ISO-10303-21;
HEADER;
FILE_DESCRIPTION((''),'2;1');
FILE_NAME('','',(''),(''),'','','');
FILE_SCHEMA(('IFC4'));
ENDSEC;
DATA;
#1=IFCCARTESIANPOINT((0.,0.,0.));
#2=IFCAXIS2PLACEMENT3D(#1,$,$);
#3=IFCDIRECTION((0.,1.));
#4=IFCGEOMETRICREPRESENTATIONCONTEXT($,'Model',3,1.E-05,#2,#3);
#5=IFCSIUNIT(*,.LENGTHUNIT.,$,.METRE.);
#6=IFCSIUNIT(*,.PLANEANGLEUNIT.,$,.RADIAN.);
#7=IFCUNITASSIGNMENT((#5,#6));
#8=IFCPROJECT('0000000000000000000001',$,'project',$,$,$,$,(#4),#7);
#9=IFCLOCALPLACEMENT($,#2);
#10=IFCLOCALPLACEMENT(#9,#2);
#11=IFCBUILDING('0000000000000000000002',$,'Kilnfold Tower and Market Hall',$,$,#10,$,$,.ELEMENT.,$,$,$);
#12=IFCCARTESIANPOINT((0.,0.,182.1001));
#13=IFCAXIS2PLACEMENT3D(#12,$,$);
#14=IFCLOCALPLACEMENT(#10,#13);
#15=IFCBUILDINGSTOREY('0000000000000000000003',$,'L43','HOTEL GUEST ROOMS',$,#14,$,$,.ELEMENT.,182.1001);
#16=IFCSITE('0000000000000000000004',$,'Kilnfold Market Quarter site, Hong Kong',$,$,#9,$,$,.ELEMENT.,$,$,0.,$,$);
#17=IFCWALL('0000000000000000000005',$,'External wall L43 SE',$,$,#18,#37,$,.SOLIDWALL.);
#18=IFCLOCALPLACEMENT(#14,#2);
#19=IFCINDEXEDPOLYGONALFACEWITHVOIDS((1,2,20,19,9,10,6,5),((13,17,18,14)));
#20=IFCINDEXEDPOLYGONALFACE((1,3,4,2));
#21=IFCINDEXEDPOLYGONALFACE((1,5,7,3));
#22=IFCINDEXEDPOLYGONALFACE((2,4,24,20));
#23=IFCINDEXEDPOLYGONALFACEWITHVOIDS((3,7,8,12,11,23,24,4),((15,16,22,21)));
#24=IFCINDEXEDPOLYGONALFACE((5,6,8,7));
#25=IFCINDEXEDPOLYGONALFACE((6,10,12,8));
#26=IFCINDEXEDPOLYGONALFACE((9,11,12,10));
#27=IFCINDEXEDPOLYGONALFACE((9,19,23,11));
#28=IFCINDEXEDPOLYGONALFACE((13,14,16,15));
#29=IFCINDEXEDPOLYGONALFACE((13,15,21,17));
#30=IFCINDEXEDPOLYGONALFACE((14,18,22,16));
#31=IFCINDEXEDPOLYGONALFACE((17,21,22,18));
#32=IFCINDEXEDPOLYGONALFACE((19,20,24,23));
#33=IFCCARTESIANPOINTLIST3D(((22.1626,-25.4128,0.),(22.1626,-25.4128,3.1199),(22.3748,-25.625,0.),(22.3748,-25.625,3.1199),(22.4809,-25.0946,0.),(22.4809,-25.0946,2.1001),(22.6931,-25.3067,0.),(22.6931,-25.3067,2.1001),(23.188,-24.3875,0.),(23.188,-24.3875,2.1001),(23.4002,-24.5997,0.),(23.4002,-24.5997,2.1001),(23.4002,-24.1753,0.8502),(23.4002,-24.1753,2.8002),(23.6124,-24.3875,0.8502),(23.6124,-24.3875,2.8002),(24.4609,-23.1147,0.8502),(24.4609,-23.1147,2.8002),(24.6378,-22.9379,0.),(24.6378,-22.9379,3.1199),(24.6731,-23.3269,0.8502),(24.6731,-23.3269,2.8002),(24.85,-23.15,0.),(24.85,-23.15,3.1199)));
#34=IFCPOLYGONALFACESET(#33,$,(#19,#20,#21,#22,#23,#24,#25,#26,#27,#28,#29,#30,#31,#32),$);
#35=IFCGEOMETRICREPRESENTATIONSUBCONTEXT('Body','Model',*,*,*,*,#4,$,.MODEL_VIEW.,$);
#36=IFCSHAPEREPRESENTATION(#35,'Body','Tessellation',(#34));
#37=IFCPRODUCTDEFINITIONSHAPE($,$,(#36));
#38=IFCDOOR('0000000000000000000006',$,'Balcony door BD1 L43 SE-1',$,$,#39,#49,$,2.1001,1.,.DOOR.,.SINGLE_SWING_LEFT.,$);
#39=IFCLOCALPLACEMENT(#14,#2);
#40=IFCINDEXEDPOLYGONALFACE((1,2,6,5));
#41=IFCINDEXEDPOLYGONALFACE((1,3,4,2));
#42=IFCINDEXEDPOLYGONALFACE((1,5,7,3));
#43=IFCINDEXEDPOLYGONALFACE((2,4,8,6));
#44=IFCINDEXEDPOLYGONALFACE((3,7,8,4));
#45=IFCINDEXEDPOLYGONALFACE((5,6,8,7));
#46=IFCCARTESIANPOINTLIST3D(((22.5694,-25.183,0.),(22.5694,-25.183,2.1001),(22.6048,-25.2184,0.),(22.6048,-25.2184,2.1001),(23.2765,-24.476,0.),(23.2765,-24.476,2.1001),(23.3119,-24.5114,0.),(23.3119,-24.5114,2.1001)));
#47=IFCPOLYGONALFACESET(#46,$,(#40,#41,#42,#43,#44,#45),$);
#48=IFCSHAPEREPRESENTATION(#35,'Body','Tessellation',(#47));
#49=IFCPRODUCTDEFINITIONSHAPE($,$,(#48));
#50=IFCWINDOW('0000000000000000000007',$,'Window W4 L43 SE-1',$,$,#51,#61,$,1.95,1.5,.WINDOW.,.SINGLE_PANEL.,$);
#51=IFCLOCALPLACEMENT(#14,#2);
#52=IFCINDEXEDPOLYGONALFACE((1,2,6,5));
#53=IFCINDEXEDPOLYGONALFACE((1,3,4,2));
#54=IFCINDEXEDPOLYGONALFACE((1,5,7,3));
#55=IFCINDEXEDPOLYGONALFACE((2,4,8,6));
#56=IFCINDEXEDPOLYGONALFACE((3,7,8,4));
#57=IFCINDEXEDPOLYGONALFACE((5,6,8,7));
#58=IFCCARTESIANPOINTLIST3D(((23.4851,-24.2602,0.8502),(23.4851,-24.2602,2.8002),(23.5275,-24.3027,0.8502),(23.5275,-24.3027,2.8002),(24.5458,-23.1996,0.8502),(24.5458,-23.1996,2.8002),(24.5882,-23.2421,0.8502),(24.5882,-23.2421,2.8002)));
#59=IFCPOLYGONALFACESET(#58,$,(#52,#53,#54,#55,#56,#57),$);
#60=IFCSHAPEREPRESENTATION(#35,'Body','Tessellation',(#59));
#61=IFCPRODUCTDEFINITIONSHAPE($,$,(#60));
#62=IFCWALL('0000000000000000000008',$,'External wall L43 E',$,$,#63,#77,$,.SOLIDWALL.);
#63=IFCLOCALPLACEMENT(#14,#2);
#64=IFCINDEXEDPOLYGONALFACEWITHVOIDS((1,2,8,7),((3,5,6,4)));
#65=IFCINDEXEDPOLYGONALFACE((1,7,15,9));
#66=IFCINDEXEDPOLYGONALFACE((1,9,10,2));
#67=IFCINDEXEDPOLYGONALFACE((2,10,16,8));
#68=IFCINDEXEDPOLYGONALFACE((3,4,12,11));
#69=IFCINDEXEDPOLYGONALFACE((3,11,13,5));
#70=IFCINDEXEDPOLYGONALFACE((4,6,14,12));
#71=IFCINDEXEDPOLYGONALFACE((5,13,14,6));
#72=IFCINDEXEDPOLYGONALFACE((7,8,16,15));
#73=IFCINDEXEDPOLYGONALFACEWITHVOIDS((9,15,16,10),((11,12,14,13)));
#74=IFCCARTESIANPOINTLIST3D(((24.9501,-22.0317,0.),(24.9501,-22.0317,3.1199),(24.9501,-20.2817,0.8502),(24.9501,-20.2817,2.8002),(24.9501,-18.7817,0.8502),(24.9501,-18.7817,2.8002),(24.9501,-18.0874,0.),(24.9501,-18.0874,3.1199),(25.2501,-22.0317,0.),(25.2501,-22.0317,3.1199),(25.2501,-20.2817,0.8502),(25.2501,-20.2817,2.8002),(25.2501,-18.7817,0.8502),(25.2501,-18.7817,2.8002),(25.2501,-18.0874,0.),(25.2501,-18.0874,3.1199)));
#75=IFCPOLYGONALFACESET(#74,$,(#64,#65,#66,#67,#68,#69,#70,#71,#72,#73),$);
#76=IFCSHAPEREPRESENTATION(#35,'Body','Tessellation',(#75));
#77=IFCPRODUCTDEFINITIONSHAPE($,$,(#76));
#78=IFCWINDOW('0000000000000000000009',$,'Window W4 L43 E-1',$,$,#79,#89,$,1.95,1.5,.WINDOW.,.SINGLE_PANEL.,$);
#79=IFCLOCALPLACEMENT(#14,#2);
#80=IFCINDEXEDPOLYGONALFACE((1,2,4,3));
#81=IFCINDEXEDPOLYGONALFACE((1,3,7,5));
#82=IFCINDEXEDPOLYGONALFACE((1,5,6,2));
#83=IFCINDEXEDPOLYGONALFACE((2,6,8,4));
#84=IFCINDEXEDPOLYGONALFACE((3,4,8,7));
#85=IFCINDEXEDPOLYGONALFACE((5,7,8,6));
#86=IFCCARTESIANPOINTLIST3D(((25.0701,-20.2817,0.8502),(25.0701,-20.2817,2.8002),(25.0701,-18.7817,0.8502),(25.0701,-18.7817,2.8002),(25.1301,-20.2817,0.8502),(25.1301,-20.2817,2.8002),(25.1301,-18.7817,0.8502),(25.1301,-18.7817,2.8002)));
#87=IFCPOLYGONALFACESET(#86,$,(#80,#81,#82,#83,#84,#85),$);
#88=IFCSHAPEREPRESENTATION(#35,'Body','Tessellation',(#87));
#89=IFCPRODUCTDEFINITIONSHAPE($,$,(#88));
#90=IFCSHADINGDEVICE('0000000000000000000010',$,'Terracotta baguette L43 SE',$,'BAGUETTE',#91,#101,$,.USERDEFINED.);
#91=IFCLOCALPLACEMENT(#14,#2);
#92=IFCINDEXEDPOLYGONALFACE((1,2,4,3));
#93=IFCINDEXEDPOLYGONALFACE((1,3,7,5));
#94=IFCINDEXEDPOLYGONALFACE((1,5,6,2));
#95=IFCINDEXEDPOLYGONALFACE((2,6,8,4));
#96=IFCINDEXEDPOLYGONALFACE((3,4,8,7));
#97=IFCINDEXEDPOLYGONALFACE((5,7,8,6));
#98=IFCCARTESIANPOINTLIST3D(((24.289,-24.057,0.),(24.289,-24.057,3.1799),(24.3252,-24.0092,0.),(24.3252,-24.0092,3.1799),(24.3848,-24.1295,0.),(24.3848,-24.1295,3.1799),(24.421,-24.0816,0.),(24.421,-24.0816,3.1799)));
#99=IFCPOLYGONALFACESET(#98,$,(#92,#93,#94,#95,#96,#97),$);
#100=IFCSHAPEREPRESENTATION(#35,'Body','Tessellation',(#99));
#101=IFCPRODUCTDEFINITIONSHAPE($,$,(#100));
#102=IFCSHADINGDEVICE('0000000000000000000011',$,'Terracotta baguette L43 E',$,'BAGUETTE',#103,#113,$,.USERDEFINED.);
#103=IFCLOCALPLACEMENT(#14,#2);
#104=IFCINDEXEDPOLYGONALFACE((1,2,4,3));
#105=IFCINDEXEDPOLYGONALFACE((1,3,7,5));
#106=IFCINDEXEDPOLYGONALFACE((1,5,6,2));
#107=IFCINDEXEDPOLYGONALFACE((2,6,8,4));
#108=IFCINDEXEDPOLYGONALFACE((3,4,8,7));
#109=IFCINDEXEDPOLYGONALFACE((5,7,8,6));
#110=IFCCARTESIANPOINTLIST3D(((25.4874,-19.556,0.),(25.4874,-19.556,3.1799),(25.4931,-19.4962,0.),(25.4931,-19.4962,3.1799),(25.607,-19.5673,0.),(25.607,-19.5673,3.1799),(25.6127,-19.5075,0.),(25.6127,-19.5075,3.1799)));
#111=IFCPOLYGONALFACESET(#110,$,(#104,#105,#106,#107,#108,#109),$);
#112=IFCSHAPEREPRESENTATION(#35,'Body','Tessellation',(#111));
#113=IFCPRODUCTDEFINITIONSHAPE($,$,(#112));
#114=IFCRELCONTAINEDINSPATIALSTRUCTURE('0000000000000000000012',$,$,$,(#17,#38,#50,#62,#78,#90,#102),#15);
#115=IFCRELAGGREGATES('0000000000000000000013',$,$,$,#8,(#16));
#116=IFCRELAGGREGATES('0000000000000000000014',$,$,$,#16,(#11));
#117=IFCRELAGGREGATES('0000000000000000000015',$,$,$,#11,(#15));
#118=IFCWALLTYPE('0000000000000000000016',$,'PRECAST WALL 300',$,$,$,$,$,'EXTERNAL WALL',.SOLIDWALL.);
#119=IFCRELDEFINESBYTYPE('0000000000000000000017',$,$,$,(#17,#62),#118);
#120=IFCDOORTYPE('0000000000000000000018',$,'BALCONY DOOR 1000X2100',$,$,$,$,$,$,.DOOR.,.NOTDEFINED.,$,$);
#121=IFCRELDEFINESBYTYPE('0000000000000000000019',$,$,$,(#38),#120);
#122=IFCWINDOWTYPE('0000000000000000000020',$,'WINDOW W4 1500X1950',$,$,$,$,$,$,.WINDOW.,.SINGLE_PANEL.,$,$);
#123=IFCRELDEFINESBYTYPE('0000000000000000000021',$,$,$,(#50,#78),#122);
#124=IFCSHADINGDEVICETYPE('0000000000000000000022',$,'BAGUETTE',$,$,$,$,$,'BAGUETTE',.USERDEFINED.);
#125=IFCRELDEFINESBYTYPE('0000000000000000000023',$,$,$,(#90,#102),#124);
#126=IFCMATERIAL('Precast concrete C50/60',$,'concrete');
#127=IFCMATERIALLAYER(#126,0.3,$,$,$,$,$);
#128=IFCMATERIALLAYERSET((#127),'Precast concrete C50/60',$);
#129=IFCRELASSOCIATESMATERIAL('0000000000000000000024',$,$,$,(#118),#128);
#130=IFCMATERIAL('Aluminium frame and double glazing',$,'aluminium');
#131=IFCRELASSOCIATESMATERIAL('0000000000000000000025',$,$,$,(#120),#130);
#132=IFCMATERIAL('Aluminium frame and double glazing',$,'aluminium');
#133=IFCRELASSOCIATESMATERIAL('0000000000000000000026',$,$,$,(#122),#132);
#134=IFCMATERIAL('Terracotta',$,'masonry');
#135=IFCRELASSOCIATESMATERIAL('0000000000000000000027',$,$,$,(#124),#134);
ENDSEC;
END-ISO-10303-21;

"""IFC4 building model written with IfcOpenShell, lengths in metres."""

from ifc_helpers import new_model, si_unit, direction, frame, frame_2d, origin, origin_2d, place, context, subcontext, project, spatial, rectangle, extrude, source, transform, mapped, material, layer, layer_set, material_profile, profile_set, type_object, element, fill, save


model = new_model("IFC4")

# Units and contexts
model_context = context("Model", 3, precision=1e-05, world=origin(), true_north=direction((0.0, 1.0)))
body_context = subcontext(model_context, "Body", "Model", "MODEL_VIEW")
ifc_project = project(units=[si_unit("LENGTHUNIT", "METRE"), si_unit("PLANEANGLEUNIT", "RADIAN")], contexts=[model_context])

# Site, building, storey
site_placement = place(None, origin())
site = spatial("IfcSite", under=ifc_project, at=site_placement, Name="Kilnfold Market Quarter site, Hong Kong", CompositionType="ELEMENT", RefElevation=0.0)
building_placement = place(site_placement, origin())
building = spatial("IfcBuilding", under=site, at=building_placement, Name="Kilnfold Tower and Market Hall", CompositionType="ELEMENT")
storey_placement = place(building_placement, frame((0.0, 0.0, 182.1001)))
storey = spatial("IfcBuildingStorey", under=building, at=storey_placement, Name="L43", Description="HOTEL GUEST ROOMS", CompositionType="ELEMENT", Elevation=182.1001)

# Wall, openings, door, window
ifc_material_1 = material(Name="Precast concrete C50/60", Category="concrete")
ifc_layer_1 = layer(ifc_material_1, 0.3)
ifc_layer_set_1 = layer_set([ifc_layer_1], Name="Precast concrete C50/60")
wall_type_1 = type_object("IfcWallType", Name="PRECAST WALL 300", ElementType="EXTERNAL WALL", PredefinedType="SOLIDWALL", material=ifc_layer_set_1)
shared_shape_1 = source(origin(), body_context, "Body", "SweptSolid", [
    extrude(rectangle(XDim=3.5002, YDim=0.3, at=frame_2d((1.75, 0.0))), origin(), (0.0, 0.0, 1.0), 3.1199),
])
wall_1_placement = place(storey_placement, frame((22.2688, -25.5188, 0.0), z_axis=(0.0, 0.0, 1.0), x_axis=(0.707142, 0.707072, 0.0)))
wall_1 = element("IfcWall", 1, at=wall_1_placement, inside=storey, type_object=wall_type_1, Name="External wall L43 SE", PredefinedType="SOLIDWALL", context=body_context, shape_type="MappedRepresentation", body=[
    mapped(shared_shape_1, transform((0.0, 0.0, 0.0))),
])
opening_1_placement = place(wall_1_placement, frame((1.75, 0.0, 0.8501)))
opening_1 = element("IfcOpeningElement", 2, at=opening_1_placement, cuts=wall_1, PredefinedType="OPENING", context=body_context, shape_type="SweptSolid", body=[
    extrude(rectangle(XDim=1.5, YDim=1.95, at=frame_2d((0.75, 0.9751))), frame((0.0, 0.1602, 0.0), z_axis=(0.0, -1.0, 0.0), x_axis=(1.0, 0.0, 0.0)), (0.0, 0.0, 1.0), 0.3201),
])
opening_2_placement = place(wall_1_placement, frame((0.45, 0.0, 0.0)))
opening_2 = element("IfcOpeningElement", 3, at=opening_2_placement, cuts=wall_1, PredefinedType="OPENING", context=body_context, shape_type="SweptSolid", body=[
    extrude(rectangle(XDim=1.0, YDim=2.1001, at=frame_2d((0.5, 1.05))), frame((0.0, 0.1602, 0.0), z_axis=(0.0, -1.0, 0.0), x_axis=(1.0, 0.0, 0.0)), (0.0, 0.0, 1.0), 0.3201),
])
ifc_material_2 = material(Name="Aluminium frame and double glazing", Category="aluminium")
door_type_1 = type_object("IfcDoorType", Name="BALCONY DOOR 1000X2100", OperationType="NOTDEFINED", PredefinedType="DOOR", material=ifc_material_2)
door_1_placement = place(opening_2_placement, origin())
door_1 = element("IfcDoor", 4, at=door_1_placement, inside=storey, type_object=door_type_1, Name="Balcony door BD1 L43 SE-1", OperationType="SINGLE_SWING_LEFT", OverallHeight=2.1001, OverallWidth=1.0, PredefinedType="DOOR", context=body_context, shape_type="SweptSolid", body=[
    extrude(rectangle(XDim=1.0, YDim=2.1001, at=frame_2d((0.5, 1.05))), frame((0.0, 0.0249, 0.0), z_axis=(0.0, -1.0, 0.0), x_axis=(1.0, 0.0, 0.0)), (0.0, 0.0, 1.0), 0.05),
])
fill(opening_2, door_1)
ifc_material_3 = material(Name="Aluminium frame and double glazing", Category="aluminium")
window_type = type_object("IfcWindowType", Name="WINDOW W4 1500X1950", PartitioningType="SINGLE_PANEL", PredefinedType="WINDOW", material=ifc_material_3)
window_1_placement = place(opening_1_placement, origin())
window_1 = element("IfcWindow", 5, at=window_1_placement, inside=storey, type_object=window_type, Name="Window W4 L43 SE-1", OverallHeight=1.95, OverallWidth=1.5, PartitioningType="SINGLE_PANEL", PredefinedType="WINDOW", context=body_context, shape_type="SweptSolid", body=[
    extrude(rectangle(XDim=1.5, YDim=1.95, at=frame_2d((0.75, 0.9751))), frame((0.0, 0.03, 0.0), z_axis=(0.0, -1.0, 0.0), x_axis=(1.0, 0.0, 0.0)), (0.0, 0.0, 1.0), 0.0601),
])
fill(opening_1, window_1)

# Wall, opening, window
shared_shape_2 = source(origin(), body_context, "Body", "SweptSolid", [
    extrude(rectangle(XDim=3.9443, YDim=0.3, at=frame_2d((1.9722, 0.0))), origin(), (0.0, 0.0, 1.0), 3.1199),
])
wall_2_placement = place(storey_placement, frame((25.1001, -22.0317, 0.0), z_axis=(0.0, 0.0, 1.0), x_axis=(0.0, 1.0, 0.0)))
wall_2 = element("IfcWall", 6, at=wall_2_placement, inside=storey, type_object=wall_type_1, Name="External wall L43 E", PredefinedType="SOLIDWALL", context=body_context, shape_type="MappedRepresentation", body=[
    mapped(shared_shape_2, transform((0.0, 0.0, 0.0))),
])
opening_3_placement = place(wall_2_placement, frame((1.75, 0.0, 0.8501)))
opening_3 = element("IfcOpeningElement", 7, at=opening_3_placement, cuts=wall_2, PredefinedType="OPENING", context=body_context, shape_type="SweptSolid", body=[
    extrude(rectangle(XDim=1.5, YDim=1.95, at=frame_2d((0.75, 0.9751))), frame((0.0, 0.1602, 0.0), z_axis=(0.0, -1.0, 0.0), x_axis=(1.0, 0.0, 0.0)), (0.0, 0.0, 1.0), 0.3201),
])
window_2_placement = place(opening_3_placement, origin())
window_2 = element("IfcWindow", 8, at=window_2_placement, inside=storey, type_object=window_type, Name="Window W4 L43 E-1", OverallHeight=1.95, OverallWidth=1.5, PartitioningType="SINGLE_PANEL", PredefinedType="WINDOW", context=body_context, shape_type="SweptSolid", body=[
    extrude(rectangle(XDim=1.5, YDim=1.95, at=frame_2d((0.75, 0.9751))), frame((0.0, 0.03, 0.0), z_axis=(0.0, -1.0, 0.0), x_axis=(1.0, 0.0, 0.0)), (0.0, 0.0, 1.0), 0.0601),
])
fill(opening_3, window_2)

# Shading devices
ifc_material_4 = material(Name="Terracotta", Category="masonry")
ifc_material_profile_1 = material_profile(ifc_material_4, rectangle(XDim=0.0601, YDim=0.1201, at=origin_2d()), Name="BAG 60x120")
ifc_profile_set_1 = profile_set([ifc_material_profile_1], Name="Terracotta")
shading_device_type = type_object("IfcShadingDeviceType", Name="BAGUETTE", ElementType="BAGUETTE", PredefinedType="USERDEFINED", material=ifc_profile_set_1)
shared_shape_3 = source(origin(), body_context, "Body", "SweptSolid", [
    extrude(rectangle(XDim=0.0601, YDim=0.1201, at=origin_2d()), origin(), (0.0, 0.0, 1.0), 3.1799),
])
for number, where, z_axis, x_axis, name in (
    (9, (24.355, -24.0693, 0.0), (0.0, 0.0, 1.0), (0.603381, 0.797453, 0.0), "Terracotta baguette L43 SE"),
    (10, (25.55, -19.5317, 0.0), (0.0, 0.0, 1.0), (0.094428, 0.995532, 0.0), "Terracotta baguette L43 E"),
):
    element("IfcShadingDevice", number, at=place(storey_placement, frame(where, z_axis=z_axis, x_axis=x_axis)), inside=storey, type_object=shading_device_type, Name=name, ObjectType="BAGUETTE", PredefinedType="USERDEFINED", context=body_context, shape_type="MappedRepresentation", body=[
        mapped(shared_shape_3, transform((0.0, 0.0, 0.0))),
    ])

save(model, "model.ifc")
